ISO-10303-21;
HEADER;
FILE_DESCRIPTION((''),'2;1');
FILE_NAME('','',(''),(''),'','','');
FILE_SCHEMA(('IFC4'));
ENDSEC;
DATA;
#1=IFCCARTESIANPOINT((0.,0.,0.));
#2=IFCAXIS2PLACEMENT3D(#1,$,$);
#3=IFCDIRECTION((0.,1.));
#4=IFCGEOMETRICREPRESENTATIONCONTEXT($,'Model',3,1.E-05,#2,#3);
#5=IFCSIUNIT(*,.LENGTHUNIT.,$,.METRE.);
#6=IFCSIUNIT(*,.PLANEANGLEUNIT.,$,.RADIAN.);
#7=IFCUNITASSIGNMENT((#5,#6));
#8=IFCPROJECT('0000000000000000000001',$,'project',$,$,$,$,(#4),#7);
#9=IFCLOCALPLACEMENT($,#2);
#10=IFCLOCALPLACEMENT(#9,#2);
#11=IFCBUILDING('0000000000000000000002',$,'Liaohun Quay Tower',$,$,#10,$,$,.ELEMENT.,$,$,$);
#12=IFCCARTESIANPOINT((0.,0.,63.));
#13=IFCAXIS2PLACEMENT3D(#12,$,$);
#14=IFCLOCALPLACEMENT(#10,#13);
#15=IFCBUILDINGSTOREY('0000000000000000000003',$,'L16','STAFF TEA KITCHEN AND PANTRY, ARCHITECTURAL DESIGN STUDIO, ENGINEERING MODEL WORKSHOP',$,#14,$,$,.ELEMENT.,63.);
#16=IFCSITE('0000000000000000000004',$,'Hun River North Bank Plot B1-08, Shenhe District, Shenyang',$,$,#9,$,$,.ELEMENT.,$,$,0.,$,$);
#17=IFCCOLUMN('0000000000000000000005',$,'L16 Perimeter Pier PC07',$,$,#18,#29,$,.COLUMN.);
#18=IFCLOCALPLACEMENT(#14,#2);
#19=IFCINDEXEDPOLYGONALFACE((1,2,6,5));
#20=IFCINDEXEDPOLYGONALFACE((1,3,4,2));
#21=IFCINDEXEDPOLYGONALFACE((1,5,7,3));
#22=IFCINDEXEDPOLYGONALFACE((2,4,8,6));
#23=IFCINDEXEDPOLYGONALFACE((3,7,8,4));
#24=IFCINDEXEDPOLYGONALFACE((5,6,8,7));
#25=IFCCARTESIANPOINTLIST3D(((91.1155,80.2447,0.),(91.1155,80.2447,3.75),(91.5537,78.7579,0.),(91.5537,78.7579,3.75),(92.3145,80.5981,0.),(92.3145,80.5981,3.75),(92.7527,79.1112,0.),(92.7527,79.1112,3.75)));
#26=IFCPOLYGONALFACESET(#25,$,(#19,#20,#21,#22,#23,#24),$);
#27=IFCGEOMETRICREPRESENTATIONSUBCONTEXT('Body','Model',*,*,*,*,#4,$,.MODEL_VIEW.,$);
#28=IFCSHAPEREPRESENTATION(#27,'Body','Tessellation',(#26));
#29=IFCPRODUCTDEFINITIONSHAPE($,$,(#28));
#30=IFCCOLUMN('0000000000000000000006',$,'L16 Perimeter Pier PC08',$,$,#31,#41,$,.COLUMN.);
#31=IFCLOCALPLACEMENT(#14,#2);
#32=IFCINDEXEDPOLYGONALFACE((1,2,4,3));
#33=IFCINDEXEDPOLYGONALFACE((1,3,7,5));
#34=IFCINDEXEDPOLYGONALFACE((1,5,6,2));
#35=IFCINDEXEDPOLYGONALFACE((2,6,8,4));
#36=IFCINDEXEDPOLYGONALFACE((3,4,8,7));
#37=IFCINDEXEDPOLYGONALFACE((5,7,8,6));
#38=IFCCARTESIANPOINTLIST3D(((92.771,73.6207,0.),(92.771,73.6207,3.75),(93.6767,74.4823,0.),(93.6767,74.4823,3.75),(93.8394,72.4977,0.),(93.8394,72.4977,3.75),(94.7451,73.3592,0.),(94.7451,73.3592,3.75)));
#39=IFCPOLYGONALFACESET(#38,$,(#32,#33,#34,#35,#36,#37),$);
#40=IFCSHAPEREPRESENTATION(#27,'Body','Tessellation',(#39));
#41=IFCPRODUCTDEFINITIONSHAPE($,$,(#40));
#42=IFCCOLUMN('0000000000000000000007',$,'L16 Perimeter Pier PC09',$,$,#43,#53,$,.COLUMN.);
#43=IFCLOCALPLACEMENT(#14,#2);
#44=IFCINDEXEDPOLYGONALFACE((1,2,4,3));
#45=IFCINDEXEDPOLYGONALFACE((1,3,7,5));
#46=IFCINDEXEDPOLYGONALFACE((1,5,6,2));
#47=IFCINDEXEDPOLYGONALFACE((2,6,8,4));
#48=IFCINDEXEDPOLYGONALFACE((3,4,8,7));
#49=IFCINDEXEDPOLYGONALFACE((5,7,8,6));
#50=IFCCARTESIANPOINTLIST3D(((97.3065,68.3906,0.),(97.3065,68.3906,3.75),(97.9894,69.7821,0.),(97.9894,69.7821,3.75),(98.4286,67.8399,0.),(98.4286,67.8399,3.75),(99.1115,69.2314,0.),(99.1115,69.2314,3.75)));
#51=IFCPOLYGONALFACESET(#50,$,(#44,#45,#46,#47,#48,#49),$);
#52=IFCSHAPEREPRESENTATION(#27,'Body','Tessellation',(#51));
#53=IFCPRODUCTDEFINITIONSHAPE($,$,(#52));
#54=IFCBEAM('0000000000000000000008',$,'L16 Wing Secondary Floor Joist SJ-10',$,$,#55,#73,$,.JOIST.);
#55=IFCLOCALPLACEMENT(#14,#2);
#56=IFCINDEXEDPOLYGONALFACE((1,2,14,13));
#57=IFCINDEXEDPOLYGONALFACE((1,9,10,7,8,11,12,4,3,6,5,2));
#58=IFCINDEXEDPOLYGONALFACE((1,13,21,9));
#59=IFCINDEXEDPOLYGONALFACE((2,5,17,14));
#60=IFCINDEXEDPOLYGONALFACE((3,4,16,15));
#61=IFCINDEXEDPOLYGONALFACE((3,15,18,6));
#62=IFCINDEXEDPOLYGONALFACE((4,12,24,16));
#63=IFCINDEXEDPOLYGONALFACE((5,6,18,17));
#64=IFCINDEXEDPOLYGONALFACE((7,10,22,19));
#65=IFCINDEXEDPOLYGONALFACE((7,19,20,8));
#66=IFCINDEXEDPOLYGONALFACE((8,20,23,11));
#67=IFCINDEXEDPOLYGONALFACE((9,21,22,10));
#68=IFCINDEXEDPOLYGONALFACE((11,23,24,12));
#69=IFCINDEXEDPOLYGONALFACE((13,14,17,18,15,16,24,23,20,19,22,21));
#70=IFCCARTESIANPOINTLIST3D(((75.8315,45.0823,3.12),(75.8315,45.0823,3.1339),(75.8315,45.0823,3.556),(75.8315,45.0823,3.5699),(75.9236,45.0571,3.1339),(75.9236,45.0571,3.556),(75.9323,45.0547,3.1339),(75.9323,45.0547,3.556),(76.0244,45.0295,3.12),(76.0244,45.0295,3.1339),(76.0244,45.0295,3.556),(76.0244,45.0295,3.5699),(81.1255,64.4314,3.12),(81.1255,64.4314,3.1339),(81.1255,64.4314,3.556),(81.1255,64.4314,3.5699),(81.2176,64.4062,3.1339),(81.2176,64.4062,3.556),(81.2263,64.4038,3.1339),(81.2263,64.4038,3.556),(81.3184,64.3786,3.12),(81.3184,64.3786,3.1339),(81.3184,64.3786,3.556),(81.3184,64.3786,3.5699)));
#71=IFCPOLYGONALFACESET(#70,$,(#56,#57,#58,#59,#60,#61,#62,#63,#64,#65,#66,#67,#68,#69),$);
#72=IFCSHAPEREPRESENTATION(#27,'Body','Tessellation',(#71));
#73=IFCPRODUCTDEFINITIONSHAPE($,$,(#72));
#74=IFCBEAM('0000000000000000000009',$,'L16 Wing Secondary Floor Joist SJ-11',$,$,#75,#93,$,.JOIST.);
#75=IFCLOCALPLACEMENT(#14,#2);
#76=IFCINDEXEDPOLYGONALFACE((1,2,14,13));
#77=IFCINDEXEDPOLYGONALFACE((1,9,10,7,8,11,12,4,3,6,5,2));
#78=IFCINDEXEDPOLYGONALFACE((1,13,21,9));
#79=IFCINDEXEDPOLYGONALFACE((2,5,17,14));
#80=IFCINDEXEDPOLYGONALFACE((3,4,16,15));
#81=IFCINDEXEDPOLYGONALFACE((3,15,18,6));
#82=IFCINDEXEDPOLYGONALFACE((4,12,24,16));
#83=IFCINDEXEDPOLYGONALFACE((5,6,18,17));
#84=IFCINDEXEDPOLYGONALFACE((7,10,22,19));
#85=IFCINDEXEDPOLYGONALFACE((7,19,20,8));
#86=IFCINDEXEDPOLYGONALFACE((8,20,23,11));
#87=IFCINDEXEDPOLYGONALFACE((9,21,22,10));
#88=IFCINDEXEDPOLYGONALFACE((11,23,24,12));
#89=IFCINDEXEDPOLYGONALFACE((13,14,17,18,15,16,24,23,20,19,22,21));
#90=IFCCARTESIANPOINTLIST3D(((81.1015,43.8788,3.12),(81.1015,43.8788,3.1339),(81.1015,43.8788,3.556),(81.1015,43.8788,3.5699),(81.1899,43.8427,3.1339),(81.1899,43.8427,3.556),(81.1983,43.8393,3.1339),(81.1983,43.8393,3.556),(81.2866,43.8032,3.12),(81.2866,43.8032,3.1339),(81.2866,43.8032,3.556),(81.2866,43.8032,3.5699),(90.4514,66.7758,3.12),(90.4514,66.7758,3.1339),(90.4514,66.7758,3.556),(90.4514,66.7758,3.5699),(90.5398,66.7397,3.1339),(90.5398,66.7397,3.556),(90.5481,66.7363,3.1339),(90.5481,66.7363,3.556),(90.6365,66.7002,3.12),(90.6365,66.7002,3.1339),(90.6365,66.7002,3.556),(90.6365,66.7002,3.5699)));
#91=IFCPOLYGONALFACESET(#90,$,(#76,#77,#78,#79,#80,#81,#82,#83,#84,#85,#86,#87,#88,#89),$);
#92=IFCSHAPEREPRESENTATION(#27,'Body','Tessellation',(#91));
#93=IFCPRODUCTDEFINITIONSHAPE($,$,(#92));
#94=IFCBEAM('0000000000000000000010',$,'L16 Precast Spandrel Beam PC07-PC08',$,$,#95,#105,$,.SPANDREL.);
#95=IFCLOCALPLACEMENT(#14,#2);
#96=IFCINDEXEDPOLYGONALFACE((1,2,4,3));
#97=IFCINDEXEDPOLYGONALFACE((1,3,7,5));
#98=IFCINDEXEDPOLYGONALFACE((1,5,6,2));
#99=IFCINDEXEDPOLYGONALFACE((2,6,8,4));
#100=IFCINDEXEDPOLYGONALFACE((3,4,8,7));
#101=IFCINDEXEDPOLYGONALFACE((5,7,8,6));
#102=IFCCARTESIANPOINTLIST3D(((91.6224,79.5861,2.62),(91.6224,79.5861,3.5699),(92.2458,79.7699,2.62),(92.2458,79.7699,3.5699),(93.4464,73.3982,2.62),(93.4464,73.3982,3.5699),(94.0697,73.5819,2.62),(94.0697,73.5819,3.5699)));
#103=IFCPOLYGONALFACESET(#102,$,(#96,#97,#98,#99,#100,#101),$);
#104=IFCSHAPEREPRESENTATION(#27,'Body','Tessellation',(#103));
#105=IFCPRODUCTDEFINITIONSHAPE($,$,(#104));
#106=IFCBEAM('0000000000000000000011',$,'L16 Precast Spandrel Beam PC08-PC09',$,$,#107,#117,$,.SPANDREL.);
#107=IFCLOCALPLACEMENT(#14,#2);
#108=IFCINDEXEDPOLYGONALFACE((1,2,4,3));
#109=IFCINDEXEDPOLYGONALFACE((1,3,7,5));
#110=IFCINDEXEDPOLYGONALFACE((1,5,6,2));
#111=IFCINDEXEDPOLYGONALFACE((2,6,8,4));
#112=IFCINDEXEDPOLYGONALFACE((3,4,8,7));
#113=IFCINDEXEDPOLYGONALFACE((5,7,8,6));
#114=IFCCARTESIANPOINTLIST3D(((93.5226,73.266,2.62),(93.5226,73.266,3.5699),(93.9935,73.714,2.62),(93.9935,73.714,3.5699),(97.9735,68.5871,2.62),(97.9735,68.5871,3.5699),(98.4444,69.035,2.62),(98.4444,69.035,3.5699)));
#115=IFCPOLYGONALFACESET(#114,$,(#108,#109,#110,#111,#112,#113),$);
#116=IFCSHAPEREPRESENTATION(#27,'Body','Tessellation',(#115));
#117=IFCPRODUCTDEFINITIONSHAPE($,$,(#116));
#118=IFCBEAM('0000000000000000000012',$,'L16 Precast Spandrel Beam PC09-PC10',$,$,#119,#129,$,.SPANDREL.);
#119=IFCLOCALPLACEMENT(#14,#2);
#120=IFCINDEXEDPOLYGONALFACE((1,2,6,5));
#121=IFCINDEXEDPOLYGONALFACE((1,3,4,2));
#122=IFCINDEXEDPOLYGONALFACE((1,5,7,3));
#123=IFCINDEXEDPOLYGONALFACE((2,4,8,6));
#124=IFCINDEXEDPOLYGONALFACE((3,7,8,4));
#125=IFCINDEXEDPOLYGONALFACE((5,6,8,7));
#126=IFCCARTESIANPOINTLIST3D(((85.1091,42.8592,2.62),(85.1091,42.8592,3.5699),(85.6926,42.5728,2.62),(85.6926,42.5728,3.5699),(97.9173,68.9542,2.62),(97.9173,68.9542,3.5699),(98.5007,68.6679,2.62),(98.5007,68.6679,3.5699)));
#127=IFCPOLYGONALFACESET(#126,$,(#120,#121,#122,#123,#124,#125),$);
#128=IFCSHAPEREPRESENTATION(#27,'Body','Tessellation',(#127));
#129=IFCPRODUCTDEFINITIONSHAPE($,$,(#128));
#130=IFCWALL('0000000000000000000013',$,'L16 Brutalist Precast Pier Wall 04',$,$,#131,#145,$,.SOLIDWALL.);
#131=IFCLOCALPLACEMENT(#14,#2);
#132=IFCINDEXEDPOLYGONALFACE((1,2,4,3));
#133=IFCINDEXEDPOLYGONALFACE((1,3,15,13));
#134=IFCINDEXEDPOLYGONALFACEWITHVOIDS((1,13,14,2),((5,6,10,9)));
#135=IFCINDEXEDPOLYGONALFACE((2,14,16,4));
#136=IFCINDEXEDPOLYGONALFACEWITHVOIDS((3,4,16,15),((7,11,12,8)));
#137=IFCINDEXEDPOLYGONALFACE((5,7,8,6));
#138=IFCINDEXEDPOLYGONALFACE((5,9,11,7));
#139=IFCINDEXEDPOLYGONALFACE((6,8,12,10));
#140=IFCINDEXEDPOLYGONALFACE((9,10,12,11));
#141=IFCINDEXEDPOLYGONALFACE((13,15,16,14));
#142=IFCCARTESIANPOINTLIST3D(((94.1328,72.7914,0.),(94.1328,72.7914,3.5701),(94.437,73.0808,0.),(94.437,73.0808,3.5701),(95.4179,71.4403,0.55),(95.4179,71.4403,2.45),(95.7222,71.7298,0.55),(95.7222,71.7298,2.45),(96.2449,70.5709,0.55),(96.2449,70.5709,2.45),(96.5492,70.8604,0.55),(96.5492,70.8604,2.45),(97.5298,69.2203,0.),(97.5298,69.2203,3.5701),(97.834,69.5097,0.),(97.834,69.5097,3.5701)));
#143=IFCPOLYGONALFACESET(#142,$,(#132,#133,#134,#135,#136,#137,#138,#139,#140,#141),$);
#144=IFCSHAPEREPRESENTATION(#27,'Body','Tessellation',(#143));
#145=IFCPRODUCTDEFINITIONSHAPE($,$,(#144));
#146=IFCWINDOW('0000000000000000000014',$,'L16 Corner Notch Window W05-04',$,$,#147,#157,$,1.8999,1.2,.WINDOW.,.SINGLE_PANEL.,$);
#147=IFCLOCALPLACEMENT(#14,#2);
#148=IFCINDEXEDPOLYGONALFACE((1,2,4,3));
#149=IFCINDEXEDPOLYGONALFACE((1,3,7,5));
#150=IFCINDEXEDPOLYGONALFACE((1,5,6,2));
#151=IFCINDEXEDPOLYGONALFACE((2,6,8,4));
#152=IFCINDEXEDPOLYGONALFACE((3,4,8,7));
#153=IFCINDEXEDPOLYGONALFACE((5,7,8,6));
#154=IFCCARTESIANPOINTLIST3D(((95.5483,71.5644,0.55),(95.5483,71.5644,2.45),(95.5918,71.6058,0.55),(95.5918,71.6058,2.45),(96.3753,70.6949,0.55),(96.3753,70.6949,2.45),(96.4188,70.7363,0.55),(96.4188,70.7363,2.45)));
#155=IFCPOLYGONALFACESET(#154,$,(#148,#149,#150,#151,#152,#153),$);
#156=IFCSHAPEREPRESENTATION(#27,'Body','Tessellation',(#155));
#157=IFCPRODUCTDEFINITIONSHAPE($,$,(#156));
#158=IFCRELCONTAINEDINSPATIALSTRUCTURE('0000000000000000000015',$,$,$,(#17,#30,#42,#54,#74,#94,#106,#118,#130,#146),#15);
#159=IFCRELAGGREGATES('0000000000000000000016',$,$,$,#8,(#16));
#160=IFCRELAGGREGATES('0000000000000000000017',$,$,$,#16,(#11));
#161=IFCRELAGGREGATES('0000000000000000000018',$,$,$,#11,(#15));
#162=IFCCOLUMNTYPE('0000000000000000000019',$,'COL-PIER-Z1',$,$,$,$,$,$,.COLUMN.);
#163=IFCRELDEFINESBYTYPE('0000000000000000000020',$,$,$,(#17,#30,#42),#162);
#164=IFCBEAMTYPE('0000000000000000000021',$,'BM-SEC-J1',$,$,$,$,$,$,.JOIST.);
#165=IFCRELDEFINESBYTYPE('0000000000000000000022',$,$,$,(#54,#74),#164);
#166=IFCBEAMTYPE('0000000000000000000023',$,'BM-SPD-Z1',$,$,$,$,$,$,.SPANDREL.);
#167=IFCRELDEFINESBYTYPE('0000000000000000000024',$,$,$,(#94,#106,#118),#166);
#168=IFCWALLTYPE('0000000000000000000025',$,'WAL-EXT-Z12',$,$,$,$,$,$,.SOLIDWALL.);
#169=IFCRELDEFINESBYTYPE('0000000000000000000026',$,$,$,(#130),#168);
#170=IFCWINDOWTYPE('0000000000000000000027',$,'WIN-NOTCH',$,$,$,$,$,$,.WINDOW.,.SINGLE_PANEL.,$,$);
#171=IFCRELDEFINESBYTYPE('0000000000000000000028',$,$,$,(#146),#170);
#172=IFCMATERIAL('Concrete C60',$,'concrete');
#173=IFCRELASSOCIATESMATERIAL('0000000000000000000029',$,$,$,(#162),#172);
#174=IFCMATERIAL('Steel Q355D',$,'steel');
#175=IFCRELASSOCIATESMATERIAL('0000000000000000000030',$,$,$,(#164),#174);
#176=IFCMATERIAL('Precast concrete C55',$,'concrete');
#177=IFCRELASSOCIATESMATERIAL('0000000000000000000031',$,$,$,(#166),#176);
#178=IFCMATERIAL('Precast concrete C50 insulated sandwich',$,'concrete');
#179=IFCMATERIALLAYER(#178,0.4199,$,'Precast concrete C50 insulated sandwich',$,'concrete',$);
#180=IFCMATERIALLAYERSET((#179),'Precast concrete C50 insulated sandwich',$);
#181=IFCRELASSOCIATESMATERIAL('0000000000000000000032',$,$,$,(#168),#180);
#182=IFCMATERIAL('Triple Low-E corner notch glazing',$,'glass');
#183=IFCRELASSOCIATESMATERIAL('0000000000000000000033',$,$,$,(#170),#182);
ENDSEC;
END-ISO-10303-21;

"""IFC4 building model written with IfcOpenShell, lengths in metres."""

from ifc_helpers import new_model, si_unit, direction, frame, frame_2d, origin, origin_2d, place, context, subcontext, project, spatial, rectangle, i_section, extrude, source, transform, mapped, material, layer, layer_set, material_profile, profile_set, type_object, element, fill, save


model = new_model("IFC4")

# Units and contexts
model_context = context("Model", 3, precision=1e-05, world=origin(), true_north=direction((0.0, 1.0)))
body_context = subcontext(model_context, "Body", "Model", "MODEL_VIEW")
ifc_project = project(units=[si_unit("LENGTHUNIT", "METRE"), si_unit("PLANEANGLEUNIT", "RADIAN")], contexts=[model_context])

# Site, building, storey
site_placement = place(None, origin())
site = spatial("IfcSite", under=ifc_project, at=site_placement, Name="Hun River North Bank Plot B1-08, Shenhe District, Shenyang", CompositionType="ELEMENT", RefElevation=0.0)
building_placement = place(site_placement, origin())
building = spatial("IfcBuilding", under=site, at=building_placement, Name="Liaohun Quay Tower", CompositionType="ELEMENT")
storey_placement = place(building_placement, frame((0.0, 0.0, 63.0)))
storey = spatial("IfcBuildingStorey", under=building, at=storey_placement, Name="L16", Description="STAFF TEA KITCHEN AND PANTRY, ARCHITECTURAL DESIGN STUDIO, ENGINEERING MODEL WORKSHOP", CompositionType="ELEMENT", Elevation=63.0)

# Columns
ifc_material_1 = material(Name="Concrete C60", Category="concrete")
ifc_material_profile_1 = material_profile(ifc_material_1, rectangle(XDim=1.55, YDim=1.25, at=origin_2d()), Name="RC1550x1250")
ifc_profile_set_1 = profile_set([ifc_material_profile_1], Name="Concrete C60")
column_type = type_object("IfcColumnType", Name="COL-PIER-Z1", PredefinedType="COLUMN", material=ifc_profile_set_1)
shared_shape_1 = source(origin(), body_context, "Body", "SweptSolid", [
    extrude(rectangle(XDim=1.55, YDim=1.25, at=origin_2d()), origin(), (0.0, 0.0, 1.0), 3.75),
])
for number, where, z_axis, x_axis, name in (
    (1, (91.9341, 79.678, 0.0), (0.0, 0.0, 1.0), (-0.282676, 0.959215, 0.0), "L16 Perimeter Pier PC07"),
    (2, (93.7581, 73.49, 0.0), (0.0, 0.0, 1.0), (-0.68924, 0.724533, 0.0), "L16 Perimeter Pier PC08"),
    (3, (98.209, 68.811, 0.0), (0.0, 0.0, 1.0), (0.440566, 0.89772, 0.0), "L16 Perimeter Pier PC09"),
):
    element("IfcColumn", number, at=place(storey_placement, frame(where, z_axis=z_axis, x_axis=x_axis)), inside=storey, type_object=column_type, Name=name, PredefinedType="COLUMN", context=body_context, shape_type="MappedRepresentation", body=[
        mapped(shared_shape_1, transform((0.0, 0.0, 0.0), x_axis=(1.0, 0.0, 0.0), y_axis=(0.0, 1.0, 0.0), z_axis=(0.0, 0.0, 1.0), scale=1.0)),
    ])

# Beams
ifc_material_2 = material(Name="Steel Q355D", Category="steel")
ifc_material_profile_2 = material_profile(ifc_material_2, i_section(OverallWidth=0.2, OverallDepth=0.45, WebThickness=0.009, FlangeThickness=0.0139, at=origin_2d()), Name="HN450x200x9x14")
ifc_profile_set_2 = profile_set([ifc_material_profile_2], Name="Steel Q355D")
beam_type_1 = type_object("IfcBeamType", Name="BM-SEC-J1", PredefinedType="JOIST", material=ifc_profile_set_2)
shared_shape_2 = source(origin(), body_context, "Body", "SweptSolid", [
    extrude(i_section(OverallWidth=0.2, OverallDepth=0.45, WebThickness=0.009, FlangeThickness=0.0139, at=origin_2d()), origin(), (0.0, 0.0, 1.0), 20.0603),
])
beam_1_placement = place(storey_placement, frame((81.2219, 64.405, 3.345), z_axis=(-0.263902, -0.964549, 0.0), x_axis=(0.964549, -0.263902, 0.0)))
element("IfcBeam", 4, at=beam_1_placement, inside=storey, type_object=beam_type_1, Name="L16 Wing Secondary Floor Joist SJ-10", PredefinedType="JOIST", context=body_context, shape_type="MappedRepresentation", body=[
    mapped(shared_shape_2, transform((0.0, 0.0, 0.0), x_axis=(1.0, 0.0, 0.0), y_axis=(0.0, 1.0, 0.0), z_axis=(0.0, 0.0, 1.0), scale=1.0)),
])
shared_shape_3 = source(origin(), body_context, "Body", "SweptSolid", [
    extrude(i_section(OverallWidth=0.2, OverallDepth=0.45, WebThickness=0.009, FlangeThickness=0.0139, at=origin_2d()), origin(), (0.0, 0.0, 1.0), 24.7324),
])
beam_2_placement = place(storey_placement, frame((90.5439, 66.738, 3.345), z_axis=(-0.378041, -0.925789, 0.0), x_axis=(0.925789, -0.378041, 0.0)))
element("IfcBeam", 5, at=beam_2_placement, inside=storey, type_object=beam_type_1, Name="L16 Wing Secondary Floor Joist SJ-11", PredefinedType="JOIST", context=body_context, shape_type="MappedRepresentation", body=[
    mapped(shared_shape_3, transform((0.0, 0.0, 0.0), x_axis=(1.0, 0.0, 0.0), y_axis=(0.0, 1.0, 0.0), z_axis=(0.0, 0.0, 1.0), scale=1.0)),
])
ifc_material_3 = material(Name="Precast concrete C55", Category="concrete")
ifc_material_profile_3 = material_profile(ifc_material_3, rectangle(XDim=0.6499, YDim=0.95, at=origin_2d()), Name="RC650x950")
ifc_profile_set_3 = profile_set([ifc_material_profile_3], Name="Precast concrete C55")
beam_type_2 = type_object("IfcBeamType", Name="BM-SPD-Z1", PredefinedType="SPANDREL", material=ifc_profile_set_3)
shared_shape_4 = source(origin(), body_context, "Body", "SweptSolid", [
    extrude(rectangle(XDim=0.6499, YDim=0.95, at=origin_2d()), origin(), (0.0, 0.0, 1.0), 6.4512),
])
beam_3_placement = place(storey_placement, frame((91.9341, 79.678, 3.095), z_axis=(0.282734, -0.959198, 0.0), x_axis=(0.959198, 0.282734, 0.0)))
element("IfcBeam", 6, at=beam_3_placement, inside=storey, type_object=beam_type_2, Name="L16 Precast Spandrel Beam PC07-PC08", PredefinedType="SPANDREL", context=body_context, shape_type="MappedRepresentation", body=[
    mapped(shared_shape_4, transform((0.0, 0.0, 0.0), x_axis=(1.0, 0.0, 0.0), y_axis=(0.0, 1.0, 0.0), z_axis=(0.0, 0.0, 1.0), scale=1.0)),
])
shared_shape_5 = source(origin(), body_context, "Body", "SweptSolid", [
    extrude(rectangle(XDim=0.6499, YDim=0.95, at=origin_2d()), origin(), (0.0, 0.0, 1.0), 6.4578),
])
beam_4_placement = place(storey_placement, frame((93.7581, 73.49, 3.095), z_axis=(0.689231, -0.724541, 0.0), x_axis=(0.724541, 0.689231, 0.0)))
element("IfcBeam", 7, at=beam_4_placement, inside=storey, type_object=beam_type_2, Name="L16 Precast Spandrel Beam PC08-PC09", PredefinedType="SPANDREL", context=body_context, shape_type="MappedRepresentation", body=[
    mapped(shared_shape_5, transform((0.0, 0.0, 0.0), x_axis=(1.0, 0.0, 0.0), y_axis=(0.0, 1.0, 0.0), z_axis=(0.0, 0.0, 1.0), scale=1.0)),
])
shared_shape_6 = source(origin(), body_context, "Body", "SweptSolid", [
    extrude(rectangle(XDim=0.6499, YDim=0.95, at=origin_2d()), origin(), (0.0, 0.0, 1.0), 29.0688),
])
beam_5_placement = place(storey_placement, frame((98.209, 68.811, 3.095), z_axis=(-0.440614, -0.897697, 0.0), x_axis=(0.897697, -0.440614, 0.0)))
element("IfcBeam", 8, at=beam_5_placement, inside=storey, type_object=beam_type_2, Name="L16 Precast Spandrel Beam PC09-PC10", PredefinedType="SPANDREL", context=body_context, shape_type="MappedRepresentation", body=[
    mapped(shared_shape_6, transform((0.0, 0.0, 0.0), x_axis=(1.0, 0.0, 0.0), y_axis=(0.0, 1.0, 0.0), z_axis=(0.0, 0.0, 1.0), scale=1.0)),
])

# Wall, opening, window
ifc_material_4 = material(Name="Precast concrete C50 insulated sandwich", Category="concrete")
ifc_layer_1 = layer(ifc_material_4, 0.4199, Name="Precast concrete C50 insulated sandwich", Category="concrete")
ifc_layer_set_1 = layer_set([ifc_layer_1], Name="Precast concrete C50 insulated sandwich")
wall_type_1 = type_object("IfcWallType", Name="WAL-EXT-Z12", PredefinedType="SOLIDWALL", material=ifc_layer_set_1)
wall_1_placement = place(storey_placement, frame((97.6819, 69.365, 0.0), z_axis=(0.0, 0.0, 1.0), x_axis=(-0.689227, 0.724545, 0.0)))
wall_1 = element("IfcWall", 9, at=wall_1_placement, inside=storey, type_object=wall_type_1, Name="L16 Brutalist Precast Pier Wall 04", PredefinedType="SOLIDWALL", context=body_context, shape_type="SweptSolid", body=[
    extrude(rectangle(XDim=4.9287, YDim=0.4199, at=frame_2d((2.4644, 0.0))), origin(), (0.0, 0.0, 1.0), 3.5701),
])
shared_shape_7 = source(origin(), body_context, "Body", "SweptSolid", [
    extrude(rectangle(XDim=1.2, YDim=1.8999, at=frame_2d((0.6001, 0.95))), frame((0.0, 0.22, 0.0), z_axis=(0.0, -1.0, 0.0), x_axis=(1.0, 0.0, 0.0)), (0.0, 0.0, 1.0), 0.4399),
])
opening_1_placement = place(wall_1_placement, frame((1.864, 0.0, 0.55)))
opening_1 = element("IfcOpeningElement", 10, at=opening_1_placement, cuts=wall_1, PredefinedType="OPENING", context=body_context, shape_type="MappedRepresentation", body=[
    mapped(shared_shape_7, transform((0.0, 0.0, 0.0), x_axis=(1.0, 0.0, 0.0), y_axis=(0.0, 1.0, 0.0), z_axis=(0.0, 0.0, 1.0), scale=1.0)),
])
ifc_material_5 = material(Name="Triple Low-E corner notch glazing", Category="glass")
window_type_1 = type_object("IfcWindowType", Name="WIN-NOTCH", PartitioningType="SINGLE_PANEL", PredefinedType="WINDOW", material=ifc_material_5)
shared_shape_8 = source(origin(), body_context, "Body", "SweptSolid", [
    extrude(rectangle(XDim=1.2, YDim=1.8999, at=frame_2d((0.6001, 0.95))), frame((0.0, 0.03, 0.0), z_axis=(0.0, -1.0, 0.0), x_axis=(1.0, 0.0, 0.0)), (0.0, 0.0, 1.0), 0.0601),
])
window_1_placement = place(opening_1_placement, origin())
window_1 = element("IfcWindow", 11, at=window_1_placement, inside=storey, type_object=window_type_1, Name="L16 Corner Notch Window W05-04", OverallHeight=1.8999, OverallWidth=1.2, PartitioningType="SINGLE_PANEL", PredefinedType="WINDOW", context=body_context, shape_type="MappedRepresentation", body=[
    mapped(shared_shape_8, transform((0.0, 0.0, 0.0), x_axis=(1.0, 0.0, 0.0), y_axis=(0.0, 1.0, 0.0), z_axis=(0.0, 0.0, 1.0), scale=1.0)),
])
fill(opening_1, window_1)

save(model, "model.ifc")
